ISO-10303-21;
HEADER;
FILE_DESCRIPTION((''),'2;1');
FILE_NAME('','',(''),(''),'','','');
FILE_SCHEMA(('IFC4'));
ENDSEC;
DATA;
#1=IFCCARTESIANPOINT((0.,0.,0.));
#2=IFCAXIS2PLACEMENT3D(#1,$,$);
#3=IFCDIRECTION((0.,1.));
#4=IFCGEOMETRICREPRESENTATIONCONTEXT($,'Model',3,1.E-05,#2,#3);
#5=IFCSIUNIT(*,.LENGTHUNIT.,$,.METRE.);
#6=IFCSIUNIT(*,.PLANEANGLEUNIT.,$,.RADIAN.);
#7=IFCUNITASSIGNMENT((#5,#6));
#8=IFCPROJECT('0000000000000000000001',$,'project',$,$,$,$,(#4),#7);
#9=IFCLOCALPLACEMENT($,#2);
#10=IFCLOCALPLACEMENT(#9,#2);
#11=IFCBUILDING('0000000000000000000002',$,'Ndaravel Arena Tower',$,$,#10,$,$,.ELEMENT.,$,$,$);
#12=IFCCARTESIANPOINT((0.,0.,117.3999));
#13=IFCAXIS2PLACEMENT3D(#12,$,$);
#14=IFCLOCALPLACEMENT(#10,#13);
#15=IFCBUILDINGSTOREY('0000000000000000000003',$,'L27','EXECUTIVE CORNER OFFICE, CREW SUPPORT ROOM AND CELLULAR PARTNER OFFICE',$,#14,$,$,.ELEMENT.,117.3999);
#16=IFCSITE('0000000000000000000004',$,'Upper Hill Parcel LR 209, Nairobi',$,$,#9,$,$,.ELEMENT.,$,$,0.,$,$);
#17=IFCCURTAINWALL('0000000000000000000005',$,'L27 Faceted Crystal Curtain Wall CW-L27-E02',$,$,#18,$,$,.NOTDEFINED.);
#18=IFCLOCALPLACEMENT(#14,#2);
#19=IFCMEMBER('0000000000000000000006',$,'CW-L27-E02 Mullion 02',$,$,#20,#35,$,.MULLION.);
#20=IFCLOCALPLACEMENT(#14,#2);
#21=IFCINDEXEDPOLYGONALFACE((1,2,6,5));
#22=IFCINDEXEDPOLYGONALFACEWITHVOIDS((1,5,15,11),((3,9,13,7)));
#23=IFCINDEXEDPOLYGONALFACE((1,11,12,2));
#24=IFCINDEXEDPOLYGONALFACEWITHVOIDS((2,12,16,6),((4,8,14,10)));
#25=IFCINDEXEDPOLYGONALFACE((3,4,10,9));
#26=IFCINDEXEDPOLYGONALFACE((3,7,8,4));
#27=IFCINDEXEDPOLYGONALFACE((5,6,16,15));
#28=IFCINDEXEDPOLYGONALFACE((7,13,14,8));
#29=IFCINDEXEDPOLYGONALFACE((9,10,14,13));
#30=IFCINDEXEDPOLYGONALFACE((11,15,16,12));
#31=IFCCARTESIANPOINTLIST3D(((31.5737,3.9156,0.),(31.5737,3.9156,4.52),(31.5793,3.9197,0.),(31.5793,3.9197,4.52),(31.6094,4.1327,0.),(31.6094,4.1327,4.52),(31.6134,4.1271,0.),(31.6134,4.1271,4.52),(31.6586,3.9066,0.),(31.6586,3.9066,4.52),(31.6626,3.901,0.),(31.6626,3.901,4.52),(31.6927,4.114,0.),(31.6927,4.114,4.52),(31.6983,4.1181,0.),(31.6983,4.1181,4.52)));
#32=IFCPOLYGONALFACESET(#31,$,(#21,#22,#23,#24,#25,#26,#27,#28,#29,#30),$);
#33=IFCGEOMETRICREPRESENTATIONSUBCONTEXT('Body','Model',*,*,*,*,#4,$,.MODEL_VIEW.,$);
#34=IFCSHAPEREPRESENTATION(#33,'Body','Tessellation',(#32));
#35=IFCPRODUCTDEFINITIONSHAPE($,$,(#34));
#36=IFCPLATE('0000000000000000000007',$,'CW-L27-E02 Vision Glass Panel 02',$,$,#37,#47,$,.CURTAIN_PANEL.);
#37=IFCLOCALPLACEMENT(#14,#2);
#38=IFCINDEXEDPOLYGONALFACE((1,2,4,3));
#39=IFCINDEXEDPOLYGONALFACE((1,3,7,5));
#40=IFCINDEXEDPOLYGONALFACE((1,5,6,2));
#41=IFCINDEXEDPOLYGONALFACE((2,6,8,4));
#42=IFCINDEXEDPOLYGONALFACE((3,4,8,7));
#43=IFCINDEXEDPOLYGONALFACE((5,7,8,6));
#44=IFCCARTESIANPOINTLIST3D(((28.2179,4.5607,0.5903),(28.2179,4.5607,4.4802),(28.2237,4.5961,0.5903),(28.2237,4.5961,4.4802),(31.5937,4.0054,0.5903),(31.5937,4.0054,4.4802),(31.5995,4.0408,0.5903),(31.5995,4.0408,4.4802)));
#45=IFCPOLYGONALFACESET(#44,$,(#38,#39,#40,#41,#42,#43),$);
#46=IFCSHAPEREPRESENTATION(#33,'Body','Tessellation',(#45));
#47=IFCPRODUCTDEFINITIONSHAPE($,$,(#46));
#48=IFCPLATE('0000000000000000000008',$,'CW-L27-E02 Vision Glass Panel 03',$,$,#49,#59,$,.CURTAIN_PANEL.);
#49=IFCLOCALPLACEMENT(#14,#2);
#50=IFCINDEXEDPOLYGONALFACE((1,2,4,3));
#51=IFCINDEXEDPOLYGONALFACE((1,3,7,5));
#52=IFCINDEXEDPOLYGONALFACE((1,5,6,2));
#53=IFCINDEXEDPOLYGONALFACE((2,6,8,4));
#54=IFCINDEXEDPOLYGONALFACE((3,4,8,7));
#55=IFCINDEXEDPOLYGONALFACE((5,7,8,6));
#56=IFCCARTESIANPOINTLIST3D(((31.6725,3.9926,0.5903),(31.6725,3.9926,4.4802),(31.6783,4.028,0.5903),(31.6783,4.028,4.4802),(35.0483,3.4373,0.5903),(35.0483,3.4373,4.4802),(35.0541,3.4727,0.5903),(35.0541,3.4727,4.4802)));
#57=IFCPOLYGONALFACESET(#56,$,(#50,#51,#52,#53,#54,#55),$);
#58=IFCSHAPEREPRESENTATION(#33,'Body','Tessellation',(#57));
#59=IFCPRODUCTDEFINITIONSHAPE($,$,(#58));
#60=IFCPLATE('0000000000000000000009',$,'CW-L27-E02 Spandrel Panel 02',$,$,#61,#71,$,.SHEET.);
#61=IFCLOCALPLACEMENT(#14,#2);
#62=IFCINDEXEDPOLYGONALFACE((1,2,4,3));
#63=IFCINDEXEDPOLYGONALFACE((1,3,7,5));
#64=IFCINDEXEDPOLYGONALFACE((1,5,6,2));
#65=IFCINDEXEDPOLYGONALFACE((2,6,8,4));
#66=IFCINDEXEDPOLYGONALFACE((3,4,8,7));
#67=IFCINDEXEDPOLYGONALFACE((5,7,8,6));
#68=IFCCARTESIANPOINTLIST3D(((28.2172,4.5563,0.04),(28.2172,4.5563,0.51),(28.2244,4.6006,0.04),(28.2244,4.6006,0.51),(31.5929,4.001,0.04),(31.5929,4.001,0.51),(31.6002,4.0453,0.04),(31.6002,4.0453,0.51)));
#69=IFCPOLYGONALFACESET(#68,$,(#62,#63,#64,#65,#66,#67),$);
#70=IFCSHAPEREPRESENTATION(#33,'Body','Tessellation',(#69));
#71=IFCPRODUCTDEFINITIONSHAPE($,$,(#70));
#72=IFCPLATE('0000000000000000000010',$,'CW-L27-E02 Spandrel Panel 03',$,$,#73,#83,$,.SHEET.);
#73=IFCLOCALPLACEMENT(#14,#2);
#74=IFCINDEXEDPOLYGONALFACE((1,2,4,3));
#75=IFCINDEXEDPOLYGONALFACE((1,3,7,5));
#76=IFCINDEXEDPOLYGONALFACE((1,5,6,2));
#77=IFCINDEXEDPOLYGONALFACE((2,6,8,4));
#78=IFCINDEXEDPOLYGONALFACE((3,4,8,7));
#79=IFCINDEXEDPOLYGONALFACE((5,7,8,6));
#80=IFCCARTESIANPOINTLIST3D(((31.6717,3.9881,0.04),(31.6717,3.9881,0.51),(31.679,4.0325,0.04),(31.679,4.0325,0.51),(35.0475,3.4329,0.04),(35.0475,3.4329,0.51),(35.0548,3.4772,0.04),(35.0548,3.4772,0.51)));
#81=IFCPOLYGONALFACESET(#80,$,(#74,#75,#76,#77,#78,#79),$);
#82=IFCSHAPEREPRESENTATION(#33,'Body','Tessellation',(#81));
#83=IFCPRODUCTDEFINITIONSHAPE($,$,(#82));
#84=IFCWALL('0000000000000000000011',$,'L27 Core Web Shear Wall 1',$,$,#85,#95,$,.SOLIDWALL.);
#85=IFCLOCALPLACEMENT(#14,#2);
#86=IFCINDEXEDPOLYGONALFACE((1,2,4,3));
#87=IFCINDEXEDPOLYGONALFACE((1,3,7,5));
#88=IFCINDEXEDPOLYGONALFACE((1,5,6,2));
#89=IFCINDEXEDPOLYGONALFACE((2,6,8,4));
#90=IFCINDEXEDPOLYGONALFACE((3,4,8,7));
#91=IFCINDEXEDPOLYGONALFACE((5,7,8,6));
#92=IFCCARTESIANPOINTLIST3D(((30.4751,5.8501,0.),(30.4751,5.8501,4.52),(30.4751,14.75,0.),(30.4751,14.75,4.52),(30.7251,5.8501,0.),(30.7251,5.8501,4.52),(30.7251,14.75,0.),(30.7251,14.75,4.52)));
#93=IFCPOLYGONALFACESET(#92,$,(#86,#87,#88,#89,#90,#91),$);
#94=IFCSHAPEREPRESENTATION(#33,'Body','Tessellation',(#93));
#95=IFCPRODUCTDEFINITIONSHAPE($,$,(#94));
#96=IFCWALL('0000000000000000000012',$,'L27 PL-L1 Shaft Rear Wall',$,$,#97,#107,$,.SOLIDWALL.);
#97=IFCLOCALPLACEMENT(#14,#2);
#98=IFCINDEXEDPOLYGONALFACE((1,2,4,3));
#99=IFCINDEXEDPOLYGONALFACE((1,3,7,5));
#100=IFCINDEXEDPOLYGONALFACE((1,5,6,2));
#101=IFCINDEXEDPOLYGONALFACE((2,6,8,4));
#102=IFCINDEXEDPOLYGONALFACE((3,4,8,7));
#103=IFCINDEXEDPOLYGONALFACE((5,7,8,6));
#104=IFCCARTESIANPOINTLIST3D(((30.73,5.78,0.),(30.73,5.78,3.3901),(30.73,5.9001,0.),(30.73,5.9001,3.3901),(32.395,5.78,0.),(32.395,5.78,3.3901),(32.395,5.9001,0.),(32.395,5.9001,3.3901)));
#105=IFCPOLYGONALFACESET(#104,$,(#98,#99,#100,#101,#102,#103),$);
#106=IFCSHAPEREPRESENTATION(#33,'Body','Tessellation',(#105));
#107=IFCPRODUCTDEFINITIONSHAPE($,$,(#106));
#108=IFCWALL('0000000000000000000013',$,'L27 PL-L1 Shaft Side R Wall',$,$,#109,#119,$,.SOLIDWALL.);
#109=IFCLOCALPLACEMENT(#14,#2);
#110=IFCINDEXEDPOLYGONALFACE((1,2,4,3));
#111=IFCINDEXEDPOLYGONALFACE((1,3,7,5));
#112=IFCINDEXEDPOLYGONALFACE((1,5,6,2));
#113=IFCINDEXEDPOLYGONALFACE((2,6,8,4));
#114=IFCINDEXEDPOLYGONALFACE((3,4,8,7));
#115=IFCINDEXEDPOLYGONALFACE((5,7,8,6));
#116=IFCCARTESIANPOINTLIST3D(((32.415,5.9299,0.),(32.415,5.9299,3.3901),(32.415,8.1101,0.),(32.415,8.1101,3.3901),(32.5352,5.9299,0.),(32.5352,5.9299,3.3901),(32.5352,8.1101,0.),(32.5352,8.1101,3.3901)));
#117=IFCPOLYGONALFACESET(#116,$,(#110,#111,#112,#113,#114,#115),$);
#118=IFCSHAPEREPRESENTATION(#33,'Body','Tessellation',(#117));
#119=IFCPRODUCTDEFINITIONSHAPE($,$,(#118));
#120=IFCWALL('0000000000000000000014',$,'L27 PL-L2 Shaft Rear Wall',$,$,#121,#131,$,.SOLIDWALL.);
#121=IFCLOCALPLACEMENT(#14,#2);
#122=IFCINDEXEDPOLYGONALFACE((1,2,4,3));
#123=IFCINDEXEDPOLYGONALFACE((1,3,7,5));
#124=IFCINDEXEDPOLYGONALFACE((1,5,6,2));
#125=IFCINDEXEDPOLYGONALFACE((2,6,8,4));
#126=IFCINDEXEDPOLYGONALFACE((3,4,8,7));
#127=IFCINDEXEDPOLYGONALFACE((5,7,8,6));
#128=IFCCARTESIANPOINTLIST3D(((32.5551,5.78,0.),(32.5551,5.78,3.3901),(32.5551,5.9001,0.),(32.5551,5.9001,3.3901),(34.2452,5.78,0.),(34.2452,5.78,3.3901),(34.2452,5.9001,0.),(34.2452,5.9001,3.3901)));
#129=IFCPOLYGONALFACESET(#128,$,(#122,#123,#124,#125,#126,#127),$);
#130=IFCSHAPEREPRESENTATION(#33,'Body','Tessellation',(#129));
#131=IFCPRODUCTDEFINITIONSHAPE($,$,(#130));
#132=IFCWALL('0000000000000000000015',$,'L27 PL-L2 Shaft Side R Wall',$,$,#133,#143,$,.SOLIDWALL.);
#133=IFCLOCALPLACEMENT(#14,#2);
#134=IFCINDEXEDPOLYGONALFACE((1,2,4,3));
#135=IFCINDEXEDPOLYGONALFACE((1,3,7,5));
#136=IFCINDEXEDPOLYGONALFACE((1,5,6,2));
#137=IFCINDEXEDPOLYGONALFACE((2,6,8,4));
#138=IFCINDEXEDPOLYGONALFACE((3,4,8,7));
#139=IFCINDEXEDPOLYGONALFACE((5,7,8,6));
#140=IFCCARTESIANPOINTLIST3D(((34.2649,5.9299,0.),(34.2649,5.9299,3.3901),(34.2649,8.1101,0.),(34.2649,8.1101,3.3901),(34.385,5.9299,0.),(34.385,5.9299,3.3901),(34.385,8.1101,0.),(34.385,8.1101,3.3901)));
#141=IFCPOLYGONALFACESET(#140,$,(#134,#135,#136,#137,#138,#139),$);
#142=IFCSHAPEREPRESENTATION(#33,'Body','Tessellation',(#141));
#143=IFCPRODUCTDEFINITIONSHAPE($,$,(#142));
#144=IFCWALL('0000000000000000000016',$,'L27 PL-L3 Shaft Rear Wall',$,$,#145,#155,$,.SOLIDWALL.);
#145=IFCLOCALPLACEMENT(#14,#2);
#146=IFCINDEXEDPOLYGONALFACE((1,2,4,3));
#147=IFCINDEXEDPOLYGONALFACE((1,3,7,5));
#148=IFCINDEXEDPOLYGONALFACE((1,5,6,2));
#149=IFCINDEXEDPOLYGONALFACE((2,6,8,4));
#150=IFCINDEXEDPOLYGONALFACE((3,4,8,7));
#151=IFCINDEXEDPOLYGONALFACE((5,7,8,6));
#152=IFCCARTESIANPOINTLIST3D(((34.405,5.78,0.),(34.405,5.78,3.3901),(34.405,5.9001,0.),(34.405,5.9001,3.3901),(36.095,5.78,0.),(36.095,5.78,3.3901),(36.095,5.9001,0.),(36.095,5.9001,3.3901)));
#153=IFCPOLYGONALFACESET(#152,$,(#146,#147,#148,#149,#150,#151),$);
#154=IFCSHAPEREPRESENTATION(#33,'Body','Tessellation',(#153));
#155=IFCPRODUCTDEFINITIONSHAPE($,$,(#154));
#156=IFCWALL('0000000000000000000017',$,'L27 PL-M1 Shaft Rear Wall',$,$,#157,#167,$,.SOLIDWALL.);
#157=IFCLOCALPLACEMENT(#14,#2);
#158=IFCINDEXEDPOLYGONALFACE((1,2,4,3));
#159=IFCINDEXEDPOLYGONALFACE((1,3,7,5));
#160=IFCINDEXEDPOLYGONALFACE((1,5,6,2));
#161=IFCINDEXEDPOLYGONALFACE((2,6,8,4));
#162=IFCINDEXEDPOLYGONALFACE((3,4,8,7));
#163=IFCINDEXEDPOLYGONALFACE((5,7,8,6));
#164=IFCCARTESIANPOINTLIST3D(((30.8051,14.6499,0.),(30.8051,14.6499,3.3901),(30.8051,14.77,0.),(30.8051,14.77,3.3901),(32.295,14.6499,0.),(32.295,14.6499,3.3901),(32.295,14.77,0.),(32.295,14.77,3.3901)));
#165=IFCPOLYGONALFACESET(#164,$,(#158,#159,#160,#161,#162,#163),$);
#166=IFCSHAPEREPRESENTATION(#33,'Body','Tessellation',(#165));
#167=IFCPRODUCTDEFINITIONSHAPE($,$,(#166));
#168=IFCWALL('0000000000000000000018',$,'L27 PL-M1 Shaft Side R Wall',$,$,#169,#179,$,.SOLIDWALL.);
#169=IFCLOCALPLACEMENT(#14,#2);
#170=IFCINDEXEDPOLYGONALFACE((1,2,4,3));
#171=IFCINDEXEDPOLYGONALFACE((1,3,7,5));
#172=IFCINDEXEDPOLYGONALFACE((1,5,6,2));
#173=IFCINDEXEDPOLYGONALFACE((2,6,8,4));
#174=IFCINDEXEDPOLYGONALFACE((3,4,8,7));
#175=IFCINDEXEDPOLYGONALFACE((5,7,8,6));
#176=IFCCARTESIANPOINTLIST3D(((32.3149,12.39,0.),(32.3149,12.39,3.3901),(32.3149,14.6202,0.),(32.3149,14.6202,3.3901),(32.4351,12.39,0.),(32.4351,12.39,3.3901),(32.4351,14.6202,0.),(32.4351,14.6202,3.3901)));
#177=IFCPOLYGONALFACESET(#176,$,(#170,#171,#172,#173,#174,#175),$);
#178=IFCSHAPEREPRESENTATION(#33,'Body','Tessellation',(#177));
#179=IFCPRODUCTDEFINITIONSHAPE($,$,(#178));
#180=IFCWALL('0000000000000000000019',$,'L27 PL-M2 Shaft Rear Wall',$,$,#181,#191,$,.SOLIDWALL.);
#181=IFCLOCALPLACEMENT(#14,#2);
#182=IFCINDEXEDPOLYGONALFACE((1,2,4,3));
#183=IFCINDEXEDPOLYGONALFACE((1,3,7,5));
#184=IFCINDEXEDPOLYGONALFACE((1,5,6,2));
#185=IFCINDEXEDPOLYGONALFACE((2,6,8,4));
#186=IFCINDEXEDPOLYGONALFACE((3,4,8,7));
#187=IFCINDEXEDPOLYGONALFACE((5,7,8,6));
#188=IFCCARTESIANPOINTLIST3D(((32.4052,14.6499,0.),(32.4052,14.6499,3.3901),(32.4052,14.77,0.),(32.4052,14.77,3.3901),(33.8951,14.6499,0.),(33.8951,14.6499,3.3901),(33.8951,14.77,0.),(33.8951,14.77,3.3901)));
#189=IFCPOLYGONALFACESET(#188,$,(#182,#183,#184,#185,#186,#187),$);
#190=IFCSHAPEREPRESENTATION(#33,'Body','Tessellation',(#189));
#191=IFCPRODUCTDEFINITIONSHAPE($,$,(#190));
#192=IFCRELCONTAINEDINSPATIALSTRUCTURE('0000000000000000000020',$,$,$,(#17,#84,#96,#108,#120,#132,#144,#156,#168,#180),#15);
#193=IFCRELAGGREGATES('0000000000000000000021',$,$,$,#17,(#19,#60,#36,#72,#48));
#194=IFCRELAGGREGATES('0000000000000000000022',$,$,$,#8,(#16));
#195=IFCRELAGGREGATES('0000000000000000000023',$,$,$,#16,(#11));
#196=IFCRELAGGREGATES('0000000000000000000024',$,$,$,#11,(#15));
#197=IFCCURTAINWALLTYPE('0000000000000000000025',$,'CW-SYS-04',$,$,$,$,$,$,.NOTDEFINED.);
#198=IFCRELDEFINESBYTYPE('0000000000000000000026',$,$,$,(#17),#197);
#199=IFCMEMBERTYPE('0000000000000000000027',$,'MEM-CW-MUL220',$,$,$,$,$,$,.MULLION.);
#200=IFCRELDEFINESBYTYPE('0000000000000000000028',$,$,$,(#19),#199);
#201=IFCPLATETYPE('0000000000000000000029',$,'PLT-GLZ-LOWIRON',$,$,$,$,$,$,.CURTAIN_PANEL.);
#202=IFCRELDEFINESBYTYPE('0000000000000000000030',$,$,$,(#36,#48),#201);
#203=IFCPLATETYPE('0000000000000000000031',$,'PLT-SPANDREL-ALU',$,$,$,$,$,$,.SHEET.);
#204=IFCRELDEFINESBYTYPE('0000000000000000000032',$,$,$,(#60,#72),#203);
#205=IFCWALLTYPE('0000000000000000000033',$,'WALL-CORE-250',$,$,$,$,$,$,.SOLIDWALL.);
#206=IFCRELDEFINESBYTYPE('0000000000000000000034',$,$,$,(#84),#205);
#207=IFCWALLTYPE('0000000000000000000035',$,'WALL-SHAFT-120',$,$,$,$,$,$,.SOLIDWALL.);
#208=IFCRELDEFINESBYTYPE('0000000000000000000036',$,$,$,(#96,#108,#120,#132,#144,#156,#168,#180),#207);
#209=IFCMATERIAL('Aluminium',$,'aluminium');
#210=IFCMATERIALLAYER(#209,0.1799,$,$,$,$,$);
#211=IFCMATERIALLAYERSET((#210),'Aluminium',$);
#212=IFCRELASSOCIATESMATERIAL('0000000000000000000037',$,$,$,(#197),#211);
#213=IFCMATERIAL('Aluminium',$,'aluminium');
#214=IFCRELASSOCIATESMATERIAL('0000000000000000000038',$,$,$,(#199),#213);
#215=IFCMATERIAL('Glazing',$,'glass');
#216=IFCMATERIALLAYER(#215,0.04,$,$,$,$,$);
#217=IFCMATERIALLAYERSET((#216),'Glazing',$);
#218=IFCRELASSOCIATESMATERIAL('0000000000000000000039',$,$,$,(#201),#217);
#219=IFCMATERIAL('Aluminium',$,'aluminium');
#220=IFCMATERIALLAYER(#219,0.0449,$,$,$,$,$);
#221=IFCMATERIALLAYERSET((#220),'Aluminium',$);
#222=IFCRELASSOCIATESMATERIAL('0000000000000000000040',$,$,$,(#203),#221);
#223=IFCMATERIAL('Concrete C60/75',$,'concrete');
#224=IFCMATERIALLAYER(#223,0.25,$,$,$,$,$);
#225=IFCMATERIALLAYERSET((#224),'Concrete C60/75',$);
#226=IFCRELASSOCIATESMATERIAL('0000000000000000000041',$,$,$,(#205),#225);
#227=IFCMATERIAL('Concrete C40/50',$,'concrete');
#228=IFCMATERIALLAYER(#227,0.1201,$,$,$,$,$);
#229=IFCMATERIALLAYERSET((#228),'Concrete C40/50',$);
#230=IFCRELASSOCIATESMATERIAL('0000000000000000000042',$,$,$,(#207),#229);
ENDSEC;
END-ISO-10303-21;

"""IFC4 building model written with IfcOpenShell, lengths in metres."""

from ifc_helpers import new_model, si_unit, direction, frame, frame_2d, origin, origin_2d, place, context, subcontext, project, spatial, rectangle, hollow_rectangle, extrude, material, layer, layer_set, material_profile, profile_set, type_object, element, aggregate, save


model = new_model("IFC4")

# Units and contexts
model_context = context("Model", 3, precision=1e-05, world=origin(), true_north=direction((0.0, 1.0)))
body_context = subcontext(model_context, "Body", "Model", "MODEL_VIEW")
ifc_project = project(units=[si_unit("LENGTHUNIT", "METRE"), si_unit("PLANEANGLEUNIT", "RADIAN")], contexts=[model_context])

# Site, building, storey
site_placement = place(None, origin())
site = spatial("IfcSite", under=ifc_project, at=site_placement, Name="Upper Hill Parcel LR 209, Nairobi", CompositionType="ELEMENT", RefElevation=0.0)
building_placement = place(site_placement, origin())
building = spatial("IfcBuilding", under=site, at=building_placement, Name="Ndaravel Arena Tower", CompositionType="ELEMENT")
storey_placement = place(building_placement, frame((0.0, 0.0, 117.3999)))
storey = spatial("IfcBuildingStorey", under=building, at=storey_placement, Name="L27", Description="EXECUTIVE CORNER OFFICE, CREW SUPPORT ROOM AND CELLULAR PARTNER OFFICE", CompositionType="ELEMENT", Elevation=117.3999)

# Curtain wall, member, plates
ifc_material_1 = material(Name="Aluminium", Category="aluminium")
ifc_layer_1 = layer(ifc_material_1, 0.1799)
ifc_layer_set_1 = layer_set([ifc_layer_1], Name="Aluminium")
curtain_wall_type = type_object("IfcCurtainWallType", Name="CW-SYS-04", PredefinedType="NOTDEFINED", material=ifc_layer_set_1)
curtain_wall_placement = place(storey_placement, origin())
curtain_wall = element("IfcCurtainWall", 1, at=curtain_wall_placement, inside=storey, type_object=curtain_wall_type, Name="L27 Faceted Crystal Curtain Wall CW-L27-E02", PredefinedType="NOTDEFINED")
ifc_material_2 = material(Name="Aluminium", Category="aluminium")
ifc_material_profile = material_profile(ifc_material_2, hollow_rectangle(XDim=0.0901, YDim=0.22, WallThickness=0.0049, at=origin_2d()), Name="CW MULLION 90x220x5")
ifc_profile_set = profile_set([ifc_material_profile], Name="Aluminium")
member_type = type_object("IfcMemberType", Name="MEM-CW-MUL220", PredefinedType="MULLION", material=ifc_profile_set)
member_placement = place(storey_placement, frame((31.636, 4.0168, 0.0), z_axis=(0.0, 0.0, 1.0), x_axis=(0.98674, -0.16231, 0.0)))
member = element("IfcMember", 2, at=member_placement, type_object=member_type, Name="CW-L27-E02 Mullion 02", PredefinedType="MULLION", context=body_context, shape_type="SweptSolid", body=[
    extrude(hollow_rectangle(XDim=0.0901, YDim=0.22, WallThickness=0.0049, at=origin_2d()), origin(), (0.0, 0.0, 1.0), 4.52),
])
ifc_material_3 = material(Name="Glazing", Category="glass")
ifc_layer_2 = layer(ifc_material_3, 0.04)
ifc_layer_set_2 = layer_set([ifc_layer_2], Name="Glazing")
plate_type_1 = type_object("IfcPlateType", Name="PLT-GLZ-LOWIRON", PredefinedType="CURTAIN_PANEL", material=ifc_layer_set_2)
plate_1_placement = place(storey_placement, frame((29.9087, 4.3008, 0.5903), z_axis=(0.0, 0.0, 1.0), x_axis=(0.98674, -0.16231, 0.0)))
plate_1 = element("IfcPlate", 3, at=plate_1_placement, type_object=plate_type_1, Name="CW-L27-E02 Vision Glass Panel 02", PredefinedType="CURTAIN_PANEL", context=body_context, shape_type="SweptSolid", body=[
    extrude(rectangle(XDim=3.4211, YDim=0.0359, at=origin_2d()), origin(), (0.0, 0.0, 1.0), 3.8899),
])
plate_2_placement = place(storey_placement, frame((33.3633, 3.7327, 0.5903), z_axis=(0.0, 0.0, 1.0), x_axis=(0.98674, -0.16231, 0.0)))
plate_2 = element("IfcPlate", 4, at=plate_2_placement, type_object=plate_type_1, Name="CW-L27-E02 Vision Glass Panel 03", PredefinedType="CURTAIN_PANEL", context=body_context, shape_type="SweptSolid", body=[
    extrude(rectangle(XDim=3.4211, YDim=0.0359, at=origin_2d()), origin(), (0.0, 0.0, 1.0), 3.8899),
])
ifc_material_4 = material(Name="Aluminium", Category="aluminium")
ifc_layer_3 = layer(ifc_material_4, 0.0449)
ifc_layer_set_3 = layer_set([ifc_layer_3], Name="Aluminium")
plate_type_2 = type_object("IfcPlateType", Name="PLT-SPANDREL-ALU", PredefinedType="SHEET", material=ifc_layer_set_3)
plate_3_placement = place(storey_placement, frame((29.9087, 4.3008, 0.04), z_axis=(0.0, 0.0, 1.0), x_axis=(0.98674, -0.16231, 0.0)))
plate_3 = element("IfcPlate", 5, at=plate_3_placement, type_object=plate_type_2, Name="CW-L27-E02 Spandrel Panel 02", PredefinedType="SHEET", context=body_context, shape_type="SweptSolid", body=[
    extrude(rectangle(XDim=3.4211, YDim=0.0449, at=origin_2d()), origin(), (0.0, 0.0, 1.0), 0.47),
])
plate_4_placement = place(storey_placement, frame((33.3633, 3.7327, 0.04), z_axis=(0.0, 0.0, 1.0), x_axis=(0.98674, -0.16231, 0.0)))
plate_4 = element("IfcPlate", 6, at=plate_4_placement, type_object=plate_type_2, Name="CW-L27-E02 Spandrel Panel 03", PredefinedType="SHEET", context=body_context, shape_type="SweptSolid", body=[
    extrude(rectangle(XDim=3.4211, YDim=0.0449, at=origin_2d()), origin(), (0.0, 0.0, 1.0), 0.47),
])
aggregate(curtain_wall, [member, plate_3, plate_1, plate_4, plate_2])

# Walls
ifc_material_5 = material(Name="Concrete C60/75", Category="concrete")
ifc_layer_4 = layer(ifc_material_5, 0.25)
ifc_layer_set_4 = layer_set([ifc_layer_4], Name="Concrete C60/75")
wall_type_1 = type_object("IfcWallType", Name="WALL-CORE-250", PredefinedType="SOLIDWALL", material=ifc_layer_set_4)
wall_1_placement = place(storey_placement, frame((30.6001, 5.8501, 0.0), z_axis=(0.0, 0.0, 1.0), x_axis=(0.0, 1.0, 0.0)))
element("IfcWall", 7, at=wall_1_placement, inside=storey, type_object=wall_type_1, Name="L27 Core Web Shear Wall 1", PredefinedType="SOLIDWALL", context=body_context, shape_type="SweptSolid", body=[
    extrude(rectangle(XDim=8.8999, YDim=0.25, at=frame_2d((4.45, 0.0))), origin(), (0.0, 0.0, 1.0), 4.52),
])
ifc_material_6 = material(Name="Concrete C40/50", Category="concrete")
ifc_layer_5 = layer(ifc_material_6, 0.1201)
ifc_layer_set_5 = layer_set([ifc_layer_5], Name="Concrete C40/50")
wall_type_2 = type_object("IfcWallType", Name="WALL-SHAFT-120", PredefinedType="SOLIDWALL", material=ifc_layer_set_5)
wall_2_placement = place(storey_placement, frame((30.73, 5.8401, 0.0), z_axis=(0.0, 0.0, 1.0), x_axis=(1.0, 0.0, 0.0)))
element("IfcWall", 8, at=wall_2_placement, inside=storey, type_object=wall_type_2, Name="L27 PL-L1 Shaft Rear Wall", PredefinedType="SOLIDWALL", context=body_context, shape_type="SweptSolid", body=[
    extrude(rectangle(XDim=1.665, YDim=0.1201, at=frame_2d((0.8325, 0.0))), origin(), (0.0, 0.0, 1.0), 3.3901),
])
wall_3_placement = place(storey_placement, frame((32.4751, 5.9299, 0.0), z_axis=(0.0, 0.0, 1.0), x_axis=(0.0, 1.0, 0.0)))
element("IfcWall", 9, at=wall_3_placement, inside=storey, type_object=wall_type_2, Name="L27 PL-L1 Shaft Side R Wall", PredefinedType="SOLIDWALL", context=body_context, shape_type="SweptSolid", body=[
    extrude(rectangle(XDim=2.1802, YDim=0.1201, at=frame_2d((1.0901, 0.0))), origin(), (0.0, 0.0, 1.0), 3.3901),
])
wall_4_placement = place(storey_placement, frame((32.5549, 5.8401, 0.0), z_axis=(0.0, 0.0, 1.0), x_axis=(1.0, 0.0, 0.0)))
element("IfcWall", 10, at=wall_4_placement, inside=storey, type_object=wall_type_2, Name="L27 PL-L2 Shaft Rear Wall", PredefinedType="SOLIDWALL", context=body_context, shape_type="SweptSolid", body=[
    extrude(rectangle(XDim=1.6902, YDim=0.1201, at=frame_2d((0.8452, 0.0))), origin(), (0.0, 0.0, 1.0), 3.3901),
])
wall_5_placement = place(storey_placement, frame((34.325, 5.9299, 0.0), z_axis=(0.0, 0.0, 1.0), x_axis=(0.0, 1.0, 0.0)))
element("IfcWall", 11, at=wall_5_placement, inside=storey, type_object=wall_type_2, Name="L27 PL-L2 Shaft Side R Wall", PredefinedType="SOLIDWALL", context=body_context, shape_type="SweptSolid", body=[
    extrude(rectangle(XDim=2.1802, YDim=0.1201, at=frame_2d((1.0901, 0.0))), origin(), (0.0, 0.0, 1.0), 3.3901),
])
wall_6_placement = place(storey_placement, frame((34.405, 5.8401, 0.0), z_axis=(0.0, 0.0, 1.0), x_axis=(1.0, 0.0, 0.0)))
element("IfcWall", 12, at=wall_6_placement, inside=storey, type_object=wall_type_2, Name="L27 PL-L3 Shaft Rear Wall", PredefinedType="SOLIDWALL", context=body_context, shape_type="SweptSolid", body=[
    extrude(rectangle(XDim=1.6899, YDim=0.1201, at=frame_2d((0.845, 0.0))), origin(), (0.0, 0.0, 1.0), 3.3901),
])
wall_7_placement = place(storey_placement, frame((30.8049, 14.71, 0.0), z_axis=(0.0, 0.0, 1.0), x_axis=(1.0, 0.0, 0.0)))
element("IfcWall", 13, at=wall_7_placement, inside=storey, type_object=wall_type_2, Name="L27 PL-M1 Shaft Rear Wall", PredefinedType="SOLIDWALL", context=body_context, shape_type="SweptSolid", body=[
    extrude(rectangle(XDim=1.49, YDim=0.1201, at=frame_2d((0.7451, 0.0))), origin(), (0.0, 0.0, 1.0), 3.3901),
])
wall_8_placement = place(storey_placement, frame((32.375, 12.3899, 0.0), z_axis=(0.0, 0.0, 1.0), x_axis=(0.0, 1.0, 0.0)))
element("IfcWall", 14, at=wall_8_placement, inside=storey, type_object=wall_type_2, Name="L27 PL-M1 Shaft Side R Wall", PredefinedType="SOLIDWALL", context=body_context, shape_type="SweptSolid", body=[
    extrude(rectangle(XDim=2.2302, YDim=0.1201, at=frame_2d((1.1152, 0.0))), origin(), (0.0, 0.0, 1.0), 3.3901),
])
wall_9_placement = place(storey_placement, frame((32.405, 14.71, 0.0), z_axis=(0.0, 0.0, 1.0), x_axis=(1.0, 0.0, 0.0)))
element("IfcWall", 15, at=wall_9_placement, inside=storey, type_object=wall_type_2, Name="L27 PL-M2 Shaft Rear Wall", PredefinedType="SOLIDWALL", context=body_context, shape_type="SweptSolid", body=[
    extrude(rectangle(XDim=1.49, YDim=0.1201, at=frame_2d((0.7451, 0.0))), origin(), (0.0, 0.0, 1.0), 3.3901),
])

save(model, "model.ifc")
